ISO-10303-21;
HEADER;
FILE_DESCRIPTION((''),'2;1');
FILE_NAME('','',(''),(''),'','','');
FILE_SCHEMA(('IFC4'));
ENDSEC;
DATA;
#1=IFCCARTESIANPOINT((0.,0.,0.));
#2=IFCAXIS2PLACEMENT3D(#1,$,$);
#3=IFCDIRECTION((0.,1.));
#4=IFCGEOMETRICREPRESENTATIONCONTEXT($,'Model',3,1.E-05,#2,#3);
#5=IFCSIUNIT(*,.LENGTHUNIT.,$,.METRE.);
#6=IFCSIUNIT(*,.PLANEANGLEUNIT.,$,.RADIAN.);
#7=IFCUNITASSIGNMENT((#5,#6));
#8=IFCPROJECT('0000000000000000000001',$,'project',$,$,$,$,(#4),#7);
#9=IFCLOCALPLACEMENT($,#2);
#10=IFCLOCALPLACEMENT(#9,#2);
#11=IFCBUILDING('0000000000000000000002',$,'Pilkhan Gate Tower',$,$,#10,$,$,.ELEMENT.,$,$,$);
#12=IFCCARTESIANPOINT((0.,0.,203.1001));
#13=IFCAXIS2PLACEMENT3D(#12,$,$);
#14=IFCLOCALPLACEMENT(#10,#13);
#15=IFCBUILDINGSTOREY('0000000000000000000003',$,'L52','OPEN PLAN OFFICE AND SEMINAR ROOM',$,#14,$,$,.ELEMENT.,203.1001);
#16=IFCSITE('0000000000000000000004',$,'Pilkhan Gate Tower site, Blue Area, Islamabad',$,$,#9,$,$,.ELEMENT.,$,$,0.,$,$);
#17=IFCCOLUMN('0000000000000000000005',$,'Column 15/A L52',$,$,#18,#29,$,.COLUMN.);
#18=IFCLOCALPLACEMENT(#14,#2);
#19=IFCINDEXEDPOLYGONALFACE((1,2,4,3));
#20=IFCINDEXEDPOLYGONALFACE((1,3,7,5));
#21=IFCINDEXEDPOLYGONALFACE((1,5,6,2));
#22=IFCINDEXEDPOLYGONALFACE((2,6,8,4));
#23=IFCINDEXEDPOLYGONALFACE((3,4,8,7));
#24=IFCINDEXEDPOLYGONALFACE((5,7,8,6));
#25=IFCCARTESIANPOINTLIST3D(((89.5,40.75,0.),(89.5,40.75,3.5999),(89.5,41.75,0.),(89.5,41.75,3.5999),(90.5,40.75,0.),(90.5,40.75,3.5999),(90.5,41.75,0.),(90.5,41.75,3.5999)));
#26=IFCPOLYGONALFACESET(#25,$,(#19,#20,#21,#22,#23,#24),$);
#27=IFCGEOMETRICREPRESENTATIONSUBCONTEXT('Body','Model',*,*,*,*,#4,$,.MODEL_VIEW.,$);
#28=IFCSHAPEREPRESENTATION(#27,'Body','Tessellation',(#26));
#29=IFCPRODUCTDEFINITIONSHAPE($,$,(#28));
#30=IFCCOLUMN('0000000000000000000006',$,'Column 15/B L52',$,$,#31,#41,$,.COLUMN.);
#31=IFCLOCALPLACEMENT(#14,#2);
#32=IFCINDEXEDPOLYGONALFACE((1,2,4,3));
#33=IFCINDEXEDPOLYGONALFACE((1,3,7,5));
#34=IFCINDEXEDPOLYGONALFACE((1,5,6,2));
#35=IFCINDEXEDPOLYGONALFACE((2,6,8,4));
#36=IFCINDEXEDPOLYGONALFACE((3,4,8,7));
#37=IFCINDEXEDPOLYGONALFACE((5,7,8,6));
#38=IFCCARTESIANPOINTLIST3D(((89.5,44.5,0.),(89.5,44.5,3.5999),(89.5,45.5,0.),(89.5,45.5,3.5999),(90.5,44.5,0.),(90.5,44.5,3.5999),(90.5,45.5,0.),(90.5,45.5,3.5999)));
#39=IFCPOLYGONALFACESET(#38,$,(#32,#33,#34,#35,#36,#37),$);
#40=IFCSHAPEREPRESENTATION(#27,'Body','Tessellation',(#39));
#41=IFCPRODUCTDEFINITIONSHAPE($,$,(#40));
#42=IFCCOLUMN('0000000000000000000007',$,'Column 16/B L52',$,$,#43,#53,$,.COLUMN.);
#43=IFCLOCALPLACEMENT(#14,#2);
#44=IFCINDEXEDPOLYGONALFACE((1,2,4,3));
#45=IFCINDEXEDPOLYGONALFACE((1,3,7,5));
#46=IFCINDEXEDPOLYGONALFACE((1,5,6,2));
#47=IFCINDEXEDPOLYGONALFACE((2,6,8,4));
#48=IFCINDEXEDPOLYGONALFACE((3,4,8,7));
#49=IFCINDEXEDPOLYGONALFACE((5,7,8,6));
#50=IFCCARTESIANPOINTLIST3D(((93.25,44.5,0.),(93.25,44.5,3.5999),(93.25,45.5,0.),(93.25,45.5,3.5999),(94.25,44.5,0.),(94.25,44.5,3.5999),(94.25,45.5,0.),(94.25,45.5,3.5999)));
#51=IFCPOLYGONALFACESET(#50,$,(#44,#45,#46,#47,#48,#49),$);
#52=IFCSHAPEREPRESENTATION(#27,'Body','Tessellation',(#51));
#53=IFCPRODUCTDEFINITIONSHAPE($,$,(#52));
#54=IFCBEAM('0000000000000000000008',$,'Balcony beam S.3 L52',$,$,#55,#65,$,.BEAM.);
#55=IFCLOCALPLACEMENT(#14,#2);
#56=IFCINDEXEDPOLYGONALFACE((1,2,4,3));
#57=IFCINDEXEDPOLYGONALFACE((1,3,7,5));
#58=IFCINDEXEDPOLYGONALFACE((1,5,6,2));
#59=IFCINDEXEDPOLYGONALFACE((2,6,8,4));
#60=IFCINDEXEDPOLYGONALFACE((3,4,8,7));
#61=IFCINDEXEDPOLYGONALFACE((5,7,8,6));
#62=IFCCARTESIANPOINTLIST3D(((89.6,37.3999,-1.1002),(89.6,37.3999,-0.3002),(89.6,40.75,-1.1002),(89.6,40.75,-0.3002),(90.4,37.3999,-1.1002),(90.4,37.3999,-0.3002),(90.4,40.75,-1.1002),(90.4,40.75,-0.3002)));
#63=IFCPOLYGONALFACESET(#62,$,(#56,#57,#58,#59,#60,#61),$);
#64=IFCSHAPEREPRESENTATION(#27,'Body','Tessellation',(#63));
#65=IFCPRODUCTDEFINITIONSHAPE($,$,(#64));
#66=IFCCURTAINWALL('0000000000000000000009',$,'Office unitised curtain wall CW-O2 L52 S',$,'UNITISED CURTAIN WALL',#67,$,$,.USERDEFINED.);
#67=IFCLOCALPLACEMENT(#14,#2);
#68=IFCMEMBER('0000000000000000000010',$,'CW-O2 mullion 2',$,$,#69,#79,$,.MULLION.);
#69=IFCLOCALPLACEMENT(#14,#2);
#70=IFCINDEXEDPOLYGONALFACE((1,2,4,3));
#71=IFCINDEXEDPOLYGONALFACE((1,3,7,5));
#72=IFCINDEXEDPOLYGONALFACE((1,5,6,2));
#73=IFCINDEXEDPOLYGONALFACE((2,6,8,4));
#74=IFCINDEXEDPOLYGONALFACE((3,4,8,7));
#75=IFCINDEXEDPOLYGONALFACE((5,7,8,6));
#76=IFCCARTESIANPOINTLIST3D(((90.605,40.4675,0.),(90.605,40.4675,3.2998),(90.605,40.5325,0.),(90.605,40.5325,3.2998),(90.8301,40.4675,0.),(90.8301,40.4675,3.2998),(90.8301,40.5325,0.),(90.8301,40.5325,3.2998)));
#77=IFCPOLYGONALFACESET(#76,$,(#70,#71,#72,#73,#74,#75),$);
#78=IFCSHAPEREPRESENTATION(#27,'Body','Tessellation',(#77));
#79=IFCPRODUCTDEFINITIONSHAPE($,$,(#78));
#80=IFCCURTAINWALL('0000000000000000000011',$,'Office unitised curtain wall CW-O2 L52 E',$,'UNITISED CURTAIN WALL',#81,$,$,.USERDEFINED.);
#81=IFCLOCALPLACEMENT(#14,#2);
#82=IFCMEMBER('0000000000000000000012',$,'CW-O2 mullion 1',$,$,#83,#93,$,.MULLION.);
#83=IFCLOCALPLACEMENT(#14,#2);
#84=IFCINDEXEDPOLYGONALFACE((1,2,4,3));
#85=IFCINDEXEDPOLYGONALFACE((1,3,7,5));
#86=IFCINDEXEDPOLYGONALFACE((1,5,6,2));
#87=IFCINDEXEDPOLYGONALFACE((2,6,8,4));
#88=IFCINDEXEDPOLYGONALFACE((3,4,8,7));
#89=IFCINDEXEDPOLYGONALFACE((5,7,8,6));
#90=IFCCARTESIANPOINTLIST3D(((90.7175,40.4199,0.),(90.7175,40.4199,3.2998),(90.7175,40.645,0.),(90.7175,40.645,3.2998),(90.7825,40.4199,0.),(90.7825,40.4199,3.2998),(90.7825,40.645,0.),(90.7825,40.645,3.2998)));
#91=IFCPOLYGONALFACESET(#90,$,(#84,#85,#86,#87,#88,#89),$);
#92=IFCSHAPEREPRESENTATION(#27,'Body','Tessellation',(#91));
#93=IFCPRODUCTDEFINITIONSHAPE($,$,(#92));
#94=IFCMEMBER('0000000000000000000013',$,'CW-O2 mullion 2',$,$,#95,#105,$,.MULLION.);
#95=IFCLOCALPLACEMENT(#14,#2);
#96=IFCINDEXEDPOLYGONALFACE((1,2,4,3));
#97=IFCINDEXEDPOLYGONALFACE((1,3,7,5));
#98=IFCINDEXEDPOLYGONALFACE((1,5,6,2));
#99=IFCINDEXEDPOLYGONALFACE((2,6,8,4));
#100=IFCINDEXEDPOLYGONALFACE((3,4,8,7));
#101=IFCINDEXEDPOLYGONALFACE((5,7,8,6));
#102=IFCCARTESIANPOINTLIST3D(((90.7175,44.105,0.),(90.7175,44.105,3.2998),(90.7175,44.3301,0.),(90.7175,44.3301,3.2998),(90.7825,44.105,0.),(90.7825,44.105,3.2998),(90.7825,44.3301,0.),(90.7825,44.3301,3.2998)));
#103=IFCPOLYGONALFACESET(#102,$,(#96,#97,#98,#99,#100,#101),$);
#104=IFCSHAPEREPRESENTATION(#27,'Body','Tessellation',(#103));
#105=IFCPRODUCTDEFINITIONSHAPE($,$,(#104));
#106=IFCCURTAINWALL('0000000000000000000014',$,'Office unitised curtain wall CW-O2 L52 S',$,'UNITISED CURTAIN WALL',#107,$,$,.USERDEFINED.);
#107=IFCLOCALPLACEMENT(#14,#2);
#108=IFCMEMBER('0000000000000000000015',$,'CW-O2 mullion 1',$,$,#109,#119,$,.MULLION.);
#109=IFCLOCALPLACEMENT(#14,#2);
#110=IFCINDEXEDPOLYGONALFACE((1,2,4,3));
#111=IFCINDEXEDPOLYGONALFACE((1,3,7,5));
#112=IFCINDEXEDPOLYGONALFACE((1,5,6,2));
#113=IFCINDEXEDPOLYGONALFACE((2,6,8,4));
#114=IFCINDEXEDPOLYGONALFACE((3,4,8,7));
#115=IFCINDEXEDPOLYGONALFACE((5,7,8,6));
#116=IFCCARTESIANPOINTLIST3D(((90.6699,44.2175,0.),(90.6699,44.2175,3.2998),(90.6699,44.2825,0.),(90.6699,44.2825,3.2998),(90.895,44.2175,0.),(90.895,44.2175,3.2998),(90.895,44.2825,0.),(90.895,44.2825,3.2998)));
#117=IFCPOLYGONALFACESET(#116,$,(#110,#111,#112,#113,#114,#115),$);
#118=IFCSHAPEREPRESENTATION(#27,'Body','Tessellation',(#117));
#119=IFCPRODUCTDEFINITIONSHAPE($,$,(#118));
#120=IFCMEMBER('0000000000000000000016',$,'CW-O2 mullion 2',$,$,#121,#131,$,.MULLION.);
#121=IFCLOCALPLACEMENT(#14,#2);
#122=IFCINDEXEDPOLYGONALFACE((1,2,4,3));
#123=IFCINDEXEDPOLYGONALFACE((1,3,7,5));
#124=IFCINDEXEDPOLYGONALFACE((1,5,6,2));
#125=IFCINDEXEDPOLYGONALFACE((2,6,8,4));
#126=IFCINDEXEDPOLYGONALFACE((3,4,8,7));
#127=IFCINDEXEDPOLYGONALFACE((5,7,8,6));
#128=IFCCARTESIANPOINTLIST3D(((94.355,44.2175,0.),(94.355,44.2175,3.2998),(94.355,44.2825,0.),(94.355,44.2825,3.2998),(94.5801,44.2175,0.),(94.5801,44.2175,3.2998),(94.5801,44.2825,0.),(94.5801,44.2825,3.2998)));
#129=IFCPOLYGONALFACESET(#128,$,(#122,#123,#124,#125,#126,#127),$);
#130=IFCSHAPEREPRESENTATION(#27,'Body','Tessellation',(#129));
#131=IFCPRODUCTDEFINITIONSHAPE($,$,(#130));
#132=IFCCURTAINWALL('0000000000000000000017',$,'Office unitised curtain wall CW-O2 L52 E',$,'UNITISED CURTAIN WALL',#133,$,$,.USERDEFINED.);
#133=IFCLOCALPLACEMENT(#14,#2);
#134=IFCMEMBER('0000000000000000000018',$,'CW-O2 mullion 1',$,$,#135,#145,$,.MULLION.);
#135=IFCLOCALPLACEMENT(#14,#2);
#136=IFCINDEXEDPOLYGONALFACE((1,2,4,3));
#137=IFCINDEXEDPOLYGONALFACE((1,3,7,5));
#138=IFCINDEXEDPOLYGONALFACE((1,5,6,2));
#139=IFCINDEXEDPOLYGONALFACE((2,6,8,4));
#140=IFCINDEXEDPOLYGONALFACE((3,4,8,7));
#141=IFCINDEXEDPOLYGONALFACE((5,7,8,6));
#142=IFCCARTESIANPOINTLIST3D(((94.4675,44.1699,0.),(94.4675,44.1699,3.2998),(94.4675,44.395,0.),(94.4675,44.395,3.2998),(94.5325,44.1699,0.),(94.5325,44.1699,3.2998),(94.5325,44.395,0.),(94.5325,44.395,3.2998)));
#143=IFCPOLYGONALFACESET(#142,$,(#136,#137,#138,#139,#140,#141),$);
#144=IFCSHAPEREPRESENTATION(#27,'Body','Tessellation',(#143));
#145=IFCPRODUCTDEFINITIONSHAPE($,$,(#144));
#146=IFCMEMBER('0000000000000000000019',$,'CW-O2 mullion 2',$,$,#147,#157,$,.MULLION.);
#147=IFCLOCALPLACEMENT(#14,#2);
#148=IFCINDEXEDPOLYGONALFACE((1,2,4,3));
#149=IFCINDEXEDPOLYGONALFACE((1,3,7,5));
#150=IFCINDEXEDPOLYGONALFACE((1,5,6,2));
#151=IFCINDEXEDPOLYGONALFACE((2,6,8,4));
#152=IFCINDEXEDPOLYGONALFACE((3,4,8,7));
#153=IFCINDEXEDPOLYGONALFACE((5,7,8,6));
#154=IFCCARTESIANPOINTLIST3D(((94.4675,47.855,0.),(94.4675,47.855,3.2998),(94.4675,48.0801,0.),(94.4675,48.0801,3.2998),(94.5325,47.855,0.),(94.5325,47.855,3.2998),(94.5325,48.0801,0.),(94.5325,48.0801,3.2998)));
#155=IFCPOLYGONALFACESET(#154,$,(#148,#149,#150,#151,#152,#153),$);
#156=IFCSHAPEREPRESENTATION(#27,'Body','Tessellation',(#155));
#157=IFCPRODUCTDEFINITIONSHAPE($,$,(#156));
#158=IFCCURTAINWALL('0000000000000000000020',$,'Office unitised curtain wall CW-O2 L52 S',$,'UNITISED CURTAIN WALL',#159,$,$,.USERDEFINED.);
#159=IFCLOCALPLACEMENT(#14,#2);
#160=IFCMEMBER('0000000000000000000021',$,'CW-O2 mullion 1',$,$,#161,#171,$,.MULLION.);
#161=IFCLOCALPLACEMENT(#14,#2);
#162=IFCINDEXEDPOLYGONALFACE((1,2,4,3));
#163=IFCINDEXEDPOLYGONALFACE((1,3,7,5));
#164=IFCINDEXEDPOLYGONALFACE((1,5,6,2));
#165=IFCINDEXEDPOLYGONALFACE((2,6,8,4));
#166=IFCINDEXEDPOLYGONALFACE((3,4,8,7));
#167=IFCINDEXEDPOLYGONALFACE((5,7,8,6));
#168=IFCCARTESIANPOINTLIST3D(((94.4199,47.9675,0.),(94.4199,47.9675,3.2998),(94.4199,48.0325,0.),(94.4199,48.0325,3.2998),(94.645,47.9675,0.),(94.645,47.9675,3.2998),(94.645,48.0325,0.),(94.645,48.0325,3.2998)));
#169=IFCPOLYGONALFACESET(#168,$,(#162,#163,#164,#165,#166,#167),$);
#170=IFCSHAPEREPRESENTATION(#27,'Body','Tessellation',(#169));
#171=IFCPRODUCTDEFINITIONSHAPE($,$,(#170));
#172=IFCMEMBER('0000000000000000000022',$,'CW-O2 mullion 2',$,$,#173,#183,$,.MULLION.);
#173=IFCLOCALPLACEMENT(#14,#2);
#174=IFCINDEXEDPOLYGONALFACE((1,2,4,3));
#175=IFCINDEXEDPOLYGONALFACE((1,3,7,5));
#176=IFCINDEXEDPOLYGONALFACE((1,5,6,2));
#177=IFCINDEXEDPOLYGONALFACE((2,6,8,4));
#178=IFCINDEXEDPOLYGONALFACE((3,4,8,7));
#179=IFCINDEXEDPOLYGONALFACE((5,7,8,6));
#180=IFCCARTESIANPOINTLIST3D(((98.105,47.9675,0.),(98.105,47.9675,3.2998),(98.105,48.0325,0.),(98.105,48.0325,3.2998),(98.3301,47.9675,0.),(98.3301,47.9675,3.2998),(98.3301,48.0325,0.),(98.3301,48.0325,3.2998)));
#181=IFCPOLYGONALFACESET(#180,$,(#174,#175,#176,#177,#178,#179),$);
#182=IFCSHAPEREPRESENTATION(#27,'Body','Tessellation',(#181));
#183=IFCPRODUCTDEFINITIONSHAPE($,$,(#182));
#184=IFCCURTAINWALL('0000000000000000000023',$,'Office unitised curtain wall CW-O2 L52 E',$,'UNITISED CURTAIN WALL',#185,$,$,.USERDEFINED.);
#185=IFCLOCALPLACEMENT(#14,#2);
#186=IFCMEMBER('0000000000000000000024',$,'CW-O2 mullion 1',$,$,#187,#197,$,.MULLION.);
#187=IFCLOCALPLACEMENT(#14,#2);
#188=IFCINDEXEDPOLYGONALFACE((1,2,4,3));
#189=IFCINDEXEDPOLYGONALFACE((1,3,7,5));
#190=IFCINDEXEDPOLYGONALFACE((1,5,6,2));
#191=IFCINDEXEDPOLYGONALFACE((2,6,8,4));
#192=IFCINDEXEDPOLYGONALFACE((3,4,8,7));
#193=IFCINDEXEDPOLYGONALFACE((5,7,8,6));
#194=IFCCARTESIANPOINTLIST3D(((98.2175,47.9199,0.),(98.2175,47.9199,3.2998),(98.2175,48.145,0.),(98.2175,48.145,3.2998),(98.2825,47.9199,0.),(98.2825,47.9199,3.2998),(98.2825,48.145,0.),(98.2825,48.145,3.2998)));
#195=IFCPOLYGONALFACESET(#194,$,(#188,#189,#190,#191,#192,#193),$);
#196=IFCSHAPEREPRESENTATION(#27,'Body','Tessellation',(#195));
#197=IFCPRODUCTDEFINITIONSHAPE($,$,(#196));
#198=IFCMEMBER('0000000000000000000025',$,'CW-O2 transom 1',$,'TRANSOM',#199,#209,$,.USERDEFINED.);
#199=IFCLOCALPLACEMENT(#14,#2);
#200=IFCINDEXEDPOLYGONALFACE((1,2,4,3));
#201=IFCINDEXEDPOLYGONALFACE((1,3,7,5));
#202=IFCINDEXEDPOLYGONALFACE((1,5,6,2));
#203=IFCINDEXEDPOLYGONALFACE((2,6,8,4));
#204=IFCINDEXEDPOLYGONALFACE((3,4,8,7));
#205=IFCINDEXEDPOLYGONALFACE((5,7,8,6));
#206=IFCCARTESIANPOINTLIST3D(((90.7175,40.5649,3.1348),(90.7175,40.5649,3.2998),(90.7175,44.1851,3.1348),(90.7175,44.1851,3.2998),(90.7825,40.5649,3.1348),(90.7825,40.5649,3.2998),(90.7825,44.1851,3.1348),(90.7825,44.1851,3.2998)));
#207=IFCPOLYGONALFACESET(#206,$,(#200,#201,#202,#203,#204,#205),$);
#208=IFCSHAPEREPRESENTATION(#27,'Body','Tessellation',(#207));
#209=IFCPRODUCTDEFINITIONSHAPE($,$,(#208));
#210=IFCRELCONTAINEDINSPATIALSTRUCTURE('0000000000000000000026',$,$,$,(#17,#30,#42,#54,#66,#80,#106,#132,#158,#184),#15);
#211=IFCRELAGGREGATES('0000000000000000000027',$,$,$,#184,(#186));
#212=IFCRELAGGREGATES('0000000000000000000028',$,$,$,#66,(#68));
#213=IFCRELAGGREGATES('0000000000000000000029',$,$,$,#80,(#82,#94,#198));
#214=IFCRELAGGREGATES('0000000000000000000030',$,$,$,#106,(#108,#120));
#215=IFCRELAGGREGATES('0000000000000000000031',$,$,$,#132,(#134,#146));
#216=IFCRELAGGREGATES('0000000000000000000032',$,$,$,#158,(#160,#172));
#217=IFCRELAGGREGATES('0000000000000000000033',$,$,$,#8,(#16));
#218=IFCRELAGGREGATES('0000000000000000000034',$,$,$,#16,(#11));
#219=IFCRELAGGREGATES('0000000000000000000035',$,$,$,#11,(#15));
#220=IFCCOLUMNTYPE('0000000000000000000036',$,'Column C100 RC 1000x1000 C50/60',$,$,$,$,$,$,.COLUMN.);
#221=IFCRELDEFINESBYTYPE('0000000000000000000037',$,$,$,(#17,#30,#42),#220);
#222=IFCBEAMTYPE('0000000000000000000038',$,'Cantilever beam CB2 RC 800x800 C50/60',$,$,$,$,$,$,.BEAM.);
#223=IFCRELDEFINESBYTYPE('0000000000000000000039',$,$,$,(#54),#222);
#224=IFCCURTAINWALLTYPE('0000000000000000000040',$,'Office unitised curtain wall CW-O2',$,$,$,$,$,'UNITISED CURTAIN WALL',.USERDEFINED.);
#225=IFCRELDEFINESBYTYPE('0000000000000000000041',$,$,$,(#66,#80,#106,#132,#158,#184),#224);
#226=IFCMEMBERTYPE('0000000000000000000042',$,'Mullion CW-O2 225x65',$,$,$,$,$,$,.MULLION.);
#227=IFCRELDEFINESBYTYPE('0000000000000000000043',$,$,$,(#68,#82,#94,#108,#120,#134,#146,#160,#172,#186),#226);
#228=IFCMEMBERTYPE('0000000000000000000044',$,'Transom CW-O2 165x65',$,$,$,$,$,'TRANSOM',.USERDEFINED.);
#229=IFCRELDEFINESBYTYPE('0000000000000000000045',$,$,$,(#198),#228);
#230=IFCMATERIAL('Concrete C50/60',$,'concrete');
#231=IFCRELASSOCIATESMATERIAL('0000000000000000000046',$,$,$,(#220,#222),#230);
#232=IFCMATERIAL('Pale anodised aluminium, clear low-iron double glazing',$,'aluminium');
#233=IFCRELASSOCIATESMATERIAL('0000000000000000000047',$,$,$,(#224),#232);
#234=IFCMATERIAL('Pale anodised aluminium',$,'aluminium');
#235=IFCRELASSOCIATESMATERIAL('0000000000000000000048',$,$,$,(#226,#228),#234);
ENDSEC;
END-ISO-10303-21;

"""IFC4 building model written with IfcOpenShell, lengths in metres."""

from ifc_helpers import new_model, si_unit, direction, frame, origin, origin_2d, place, context, subcontext, project, spatial, rectangle, extrude, material, material_profile, profile_set, type_object, element, aggregate, save


model = new_model("IFC4")

# Units and contexts
model_context = context("Model", 3, precision=1e-05, world=origin(), true_north=direction((0.0, 1.0)))
body_context = subcontext(model_context, "Body", "Model", "MODEL_VIEW")
ifc_project = project(units=[si_unit("LENGTHUNIT", "METRE"), si_unit("PLANEANGLEUNIT", "RADIAN")], contexts=[model_context])

# Site, building, storey
site_placement = place(None, origin())
site = spatial("IfcSite", under=ifc_project, at=site_placement, Name="Pilkhan Gate Tower site, Blue Area, Islamabad", CompositionType="ELEMENT", RefElevation=0.0)
building_placement = place(site_placement, origin())
building = spatial("IfcBuilding", under=site, at=building_placement, Name="Pilkhan Gate Tower", CompositionType="ELEMENT")
storey_placement = place(building_placement, frame((0.0, 0.0, 203.1001)))
storey = spatial("IfcBuildingStorey", under=building, at=storey_placement, Name="L52", Description="OPEN PLAN OFFICE AND SEMINAR ROOM", CompositionType="ELEMENT", Elevation=203.1001)

# Columns
ifc_material_1 = material(Name="Concrete C50/60", Category="concrete")
ifc_material_profile_1 = material_profile(ifc_material_1, rectangle(XDim=1.0, YDim=1.0, at=origin_2d()), Name="RC 1000x1000")
ifc_profile_set_1 = profile_set([ifc_material_profile_1], Name="Concrete C50/60")
column_type = type_object("IfcColumnType", Name="Column C100 RC 1000x1000 C50/60", PredefinedType="COLUMN", material=ifc_profile_set_1)
for number, where, z_axis, x_axis, name in (
    (1, (90.0, 41.25, 0.0), (0.0, 0.0, 1.0), (1.0, 0.0, 0.0), "Column 15/A L52"),
    (2, (90.0, 45.0, 0.0), (0.0, 0.0, 1.0), (1.0, 0.0, 0.0), "Column 15/B L52"),
    (3, (93.75, 45.0, 0.0), (0.0, 0.0, 1.0), (1.0, 0.0, 0.0), "Column 16/B L52"),
):
    element("IfcColumn", number, at=place(storey_placement, frame(where, z_axis=z_axis, x_axis=x_axis)), inside=storey, type_object=column_type, Name=name, PredefinedType="COLUMN", context=body_context, shape_type="SweptSolid", body=[
        extrude(rectangle(XDim=1.0, YDim=1.0, at=origin_2d()), origin(), (0.0, 0.0, 1.0), 3.5999),
    ])

# Beam
ifc_material_profile_2 = material_profile(ifc_material_1, rectangle(XDim=0.8, YDim=0.8, at=origin_2d()), Name="RC 800x800")
ifc_profile_set_2 = profile_set([ifc_material_profile_2], Name="Concrete C50/60")
beam_type = type_object("IfcBeamType", Name="Cantilever beam CB2 RC 800x800 C50/60", PredefinedType="BEAM", material=ifc_profile_set_2)
beam_placement = place(storey_placement, frame((90.0, 40.75, -0.7002), z_axis=(0.0, -1.0, 0.0), x_axis=(1.0, 0.0, 0.0)))
element("IfcBeam", 4, at=beam_placement, inside=storey, type_object=beam_type, Name="Balcony beam S.3 L52", PredefinedType="BEAM", context=body_context, shape_type="SweptSolid", body=[
    extrude(rectangle(XDim=0.8, YDim=0.8, at=origin_2d()), origin(), (0.0, 0.0, 1.0), 3.3501),
])

# Curtain wall, member
ifc_material_2 = material(Name="Pale anodised aluminium, clear low-iron double glazing", Category="aluminium")
curtain_wall_type = type_object("IfcCurtainWallType", Name="Office unitised curtain wall CW-O2", ElementType="UNITISED CURTAIN WALL", PredefinedType="USERDEFINED", material=ifc_material_2)
curtain_wall_1_placement = place(storey_placement, origin())
curtain_wall_1 = element("IfcCurtainWall", 5, at=curtain_wall_1_placement, inside=storey, type_object=curtain_wall_type, Name="Office unitised curtain wall CW-O2 L52 S", ObjectType="UNITISED CURTAIN WALL", PredefinedType="USERDEFINED")
ifc_material_3 = material(Name="Pale anodised aluminium", Category="aluminium")
ifc_material_profile_3 = material_profile(ifc_material_3, rectangle(XDim=0.0649, YDim=0.2251, at=origin_2d()), Name="Mullion 225x65")
ifc_profile_set_3 = profile_set([ifc_material_profile_3], Name="Pale anodised aluminium")
member_type_1 = type_object("IfcMemberType", Name="Mullion CW-O2 225x65", PredefinedType="MULLION", material=ifc_profile_set_3)
member_1_placement = place(storey_placement, frame((90.7175, 40.5, 0.0), z_axis=(0.0, 0.0, 1.0), x_axis=(0.0, 1.0, 0.0)))
member_1 = element("IfcMember", 6, at=member_1_placement, type_object=member_type_1, Name="CW-O2 mullion 2", PredefinedType="MULLION", context=body_context, shape_type="SweptSolid", body=[
    extrude(rectangle(XDim=0.0649, YDim=0.2251, at=origin_2d()), origin(), (0.0, 0.0, 1.0), 3.2998),
])

# Curtain walls, members
curtain_wall_2_placement = place(storey_placement, origin())
curtain_wall_2 = element("IfcCurtainWall", 7, at=curtain_wall_2_placement, inside=storey, type_object=curtain_wall_type, Name="Office unitised curtain wall CW-O2 L52 E", ObjectType="UNITISED CURTAIN WALL", PredefinedType="USERDEFINED")
member_2_placement = place(storey_placement, frame((90.75, 40.5325, 0.0), z_axis=(0.0, 0.0, 1.0), x_axis=(-1.0, 0.0, 0.0)))
member_2 = element("IfcMember", 8, at=member_2_placement, type_object=member_type_1, Name="CW-O2 mullion 1", PredefinedType="MULLION", context=body_context, shape_type="SweptSolid", body=[
    extrude(rectangle(XDim=0.0649, YDim=0.2251, at=origin_2d()), origin(), (0.0, 0.0, 1.0), 3.2998),
])
member_3_placement = place(storey_placement, frame((90.75, 44.2175, 0.0), z_axis=(0.0, 0.0, 1.0), x_axis=(-1.0, 0.0, 0.0)))
member_3 = element("IfcMember", 9, at=member_3_placement, type_object=member_type_1, Name="CW-O2 mullion 2", PredefinedType="MULLION", context=body_context, shape_type="SweptSolid", body=[
    extrude(rectangle(XDim=0.0649, YDim=0.2251, at=origin_2d()), origin(), (0.0, 0.0, 1.0), 3.2998),
])
curtain_wall_3_placement = place(storey_placement, origin())
curtain_wall_3 = element("IfcCurtainWall", 10, at=curtain_wall_3_placement, inside=storey, type_object=curtain_wall_type, Name="Office unitised curtain wall CW-O2 L52 S", ObjectType="UNITISED CURTAIN WALL", PredefinedType="USERDEFINED")
member_4_placement = place(storey_placement, frame((90.7825, 44.25, 0.0), z_axis=(0.0, 0.0, 1.0), x_axis=(0.0, 1.0, 0.0)))
member_4 = element("IfcMember", 11, at=member_4_placement, type_object=member_type_1, Name="CW-O2 mullion 1", PredefinedType="MULLION", context=body_context, shape_type="SweptSolid", body=[
    extrude(rectangle(XDim=0.0649, YDim=0.2251, at=origin_2d()), origin(), (0.0, 0.0, 1.0), 3.2998),
])
member_5_placement = place(storey_placement, frame((94.4675, 44.25, 0.0), z_axis=(0.0, 0.0, 1.0), x_axis=(0.0, 1.0, 0.0)))
member_5 = element("IfcMember", 12, at=member_5_placement, type_object=member_type_1, Name="CW-O2 mullion 2", PredefinedType="MULLION", context=body_context, shape_type="SweptSolid", body=[
    extrude(rectangle(XDim=0.0649, YDim=0.2251, at=origin_2d()), origin(), (0.0, 0.0, 1.0), 3.2998),
])
curtain_wall_4_placement = place(storey_placement, origin())
curtain_wall_4 = element("IfcCurtainWall", 13, at=curtain_wall_4_placement, inside=storey, type_object=curtain_wall_type, Name="Office unitised curtain wall CW-O2 L52 E", ObjectType="UNITISED CURTAIN WALL", PredefinedType="USERDEFINED")
member_6_placement = place(storey_placement, frame((94.5, 44.2825, 0.0), z_axis=(0.0, 0.0, 1.0), x_axis=(-1.0, 0.0, 0.0)))
member_6 = element("IfcMember", 14, at=member_6_placement, type_object=member_type_1, Name="CW-O2 mullion 1", PredefinedType="MULLION", context=body_context, shape_type="SweptSolid", body=[
    extrude(rectangle(XDim=0.0649, YDim=0.2251, at=origin_2d()), origin(), (0.0, 0.0, 1.0), 3.2998),
])
member_7_placement = place(storey_placement, frame((94.5, 47.9675, 0.0), z_axis=(0.0, 0.0, 1.0), x_axis=(-1.0, 0.0, 0.0)))
member_7 = element("IfcMember", 15, at=member_7_placement, type_object=member_type_1, Name="CW-O2 mullion 2", PredefinedType="MULLION", context=body_context, shape_type="SweptSolid", body=[
    extrude(rectangle(XDim=0.0649, YDim=0.2251, at=origin_2d()), origin(), (0.0, 0.0, 1.0), 3.2998),
])
curtain_wall_5_placement = place(storey_placement, origin())
curtain_wall_5 = element("IfcCurtainWall", 16, at=curtain_wall_5_placement, inside=storey, type_object=curtain_wall_type, Name="Office unitised curtain wall CW-O2 L52 S", ObjectType="UNITISED CURTAIN WALL", PredefinedType="USERDEFINED")
member_8_placement = place(storey_placement, frame((94.5325, 48.0, 0.0), z_axis=(0.0, 0.0, 1.0), x_axis=(0.0, 1.0, 0.0)))
member_8 = element("IfcMember", 17, at=member_8_placement, type_object=member_type_1, Name="CW-O2 mullion 1", PredefinedType="MULLION", context=body_context, shape_type="SweptSolid", body=[
    extrude(rectangle(XDim=0.0649, YDim=0.2251, at=origin_2d()), origin(), (0.0, 0.0, 1.0), 3.2998),
])
member_9_placement = place(storey_placement, frame((98.2175, 48.0, 0.0), z_axis=(0.0, 0.0, 1.0), x_axis=(0.0, 1.0, 0.0)))
member_9 = element("IfcMember", 18, at=member_9_placement, type_object=member_type_1, Name="CW-O2 mullion 2", PredefinedType="MULLION", context=body_context, shape_type="SweptSolid", body=[
    extrude(rectangle(XDim=0.0649, YDim=0.2251, at=origin_2d()), origin(), (0.0, 0.0, 1.0), 3.2998),
])

# Curtain wall, member
curtain_wall_6_placement = place(storey_placement, origin())
curtain_wall_6 = element("IfcCurtainWall", 19, at=curtain_wall_6_placement, inside=storey, type_object=curtain_wall_type, Name="Office unitised curtain wall CW-O2 L52 E", ObjectType="UNITISED CURTAIN WALL", PredefinedType="USERDEFINED")
member_10_placement = place(storey_placement, frame((98.25, 48.0325, 0.0), z_axis=(0.0, 0.0, 1.0), x_axis=(-1.0, 0.0, 0.0)))
member_10 = element("IfcMember", 20, at=member_10_placement, type_object=member_type_1, Name="CW-O2 mullion 1", PredefinedType="MULLION", context=body_context, shape_type="SweptSolid", body=[
    extrude(rectangle(XDim=0.0649, YDim=0.2251, at=origin_2d()), origin(), (0.0, 0.0, 1.0), 3.2998),
])
aggregate(curtain_wall_6, [member_10])

# Member
ifc_material_profile_4 = material_profile(ifc_material_3, rectangle(XDim=0.0649, YDim=0.165, at=origin_2d()), Name="Transom 165x65")
ifc_profile_set_4 = profile_set([ifc_material_profile_4], Name="Pale anodised aluminium")
member_type_2 = type_object("IfcMemberType", Name="Transom CW-O2 165x65", ElementType="TRANSOM", PredefinedType="USERDEFINED", material=ifc_profile_set_4)
member_11_placement = place(storey_placement, frame((90.75, 40.5649, 3.2173), z_axis=(0.0, 1.0, 0.0), x_axis=(-1.0, 0.0, 0.0)))
member_11 = element("IfcMember", 21, at=member_11_placement, type_object=member_type_2, Name="CW-O2 transom 1", ObjectType="TRANSOM", PredefinedType="USERDEFINED", context=body_context, shape_type="SweptSolid", body=[
    extrude(rectangle(XDim=0.0649, YDim=0.165, at=origin_2d()), origin(), (0.0, 0.0, 1.0), 3.6201),
])

aggregate(curtain_wall_1, [member_1])
aggregate(curtain_wall_2, [member_2, member_3, member_11])
aggregate(curtain_wall_3, [member_4, member_5])
aggregate(curtain_wall_4, [member_6, member_7])
aggregate(curtain_wall_5, [member_8, member_9])

save(model, "model.ifc")
